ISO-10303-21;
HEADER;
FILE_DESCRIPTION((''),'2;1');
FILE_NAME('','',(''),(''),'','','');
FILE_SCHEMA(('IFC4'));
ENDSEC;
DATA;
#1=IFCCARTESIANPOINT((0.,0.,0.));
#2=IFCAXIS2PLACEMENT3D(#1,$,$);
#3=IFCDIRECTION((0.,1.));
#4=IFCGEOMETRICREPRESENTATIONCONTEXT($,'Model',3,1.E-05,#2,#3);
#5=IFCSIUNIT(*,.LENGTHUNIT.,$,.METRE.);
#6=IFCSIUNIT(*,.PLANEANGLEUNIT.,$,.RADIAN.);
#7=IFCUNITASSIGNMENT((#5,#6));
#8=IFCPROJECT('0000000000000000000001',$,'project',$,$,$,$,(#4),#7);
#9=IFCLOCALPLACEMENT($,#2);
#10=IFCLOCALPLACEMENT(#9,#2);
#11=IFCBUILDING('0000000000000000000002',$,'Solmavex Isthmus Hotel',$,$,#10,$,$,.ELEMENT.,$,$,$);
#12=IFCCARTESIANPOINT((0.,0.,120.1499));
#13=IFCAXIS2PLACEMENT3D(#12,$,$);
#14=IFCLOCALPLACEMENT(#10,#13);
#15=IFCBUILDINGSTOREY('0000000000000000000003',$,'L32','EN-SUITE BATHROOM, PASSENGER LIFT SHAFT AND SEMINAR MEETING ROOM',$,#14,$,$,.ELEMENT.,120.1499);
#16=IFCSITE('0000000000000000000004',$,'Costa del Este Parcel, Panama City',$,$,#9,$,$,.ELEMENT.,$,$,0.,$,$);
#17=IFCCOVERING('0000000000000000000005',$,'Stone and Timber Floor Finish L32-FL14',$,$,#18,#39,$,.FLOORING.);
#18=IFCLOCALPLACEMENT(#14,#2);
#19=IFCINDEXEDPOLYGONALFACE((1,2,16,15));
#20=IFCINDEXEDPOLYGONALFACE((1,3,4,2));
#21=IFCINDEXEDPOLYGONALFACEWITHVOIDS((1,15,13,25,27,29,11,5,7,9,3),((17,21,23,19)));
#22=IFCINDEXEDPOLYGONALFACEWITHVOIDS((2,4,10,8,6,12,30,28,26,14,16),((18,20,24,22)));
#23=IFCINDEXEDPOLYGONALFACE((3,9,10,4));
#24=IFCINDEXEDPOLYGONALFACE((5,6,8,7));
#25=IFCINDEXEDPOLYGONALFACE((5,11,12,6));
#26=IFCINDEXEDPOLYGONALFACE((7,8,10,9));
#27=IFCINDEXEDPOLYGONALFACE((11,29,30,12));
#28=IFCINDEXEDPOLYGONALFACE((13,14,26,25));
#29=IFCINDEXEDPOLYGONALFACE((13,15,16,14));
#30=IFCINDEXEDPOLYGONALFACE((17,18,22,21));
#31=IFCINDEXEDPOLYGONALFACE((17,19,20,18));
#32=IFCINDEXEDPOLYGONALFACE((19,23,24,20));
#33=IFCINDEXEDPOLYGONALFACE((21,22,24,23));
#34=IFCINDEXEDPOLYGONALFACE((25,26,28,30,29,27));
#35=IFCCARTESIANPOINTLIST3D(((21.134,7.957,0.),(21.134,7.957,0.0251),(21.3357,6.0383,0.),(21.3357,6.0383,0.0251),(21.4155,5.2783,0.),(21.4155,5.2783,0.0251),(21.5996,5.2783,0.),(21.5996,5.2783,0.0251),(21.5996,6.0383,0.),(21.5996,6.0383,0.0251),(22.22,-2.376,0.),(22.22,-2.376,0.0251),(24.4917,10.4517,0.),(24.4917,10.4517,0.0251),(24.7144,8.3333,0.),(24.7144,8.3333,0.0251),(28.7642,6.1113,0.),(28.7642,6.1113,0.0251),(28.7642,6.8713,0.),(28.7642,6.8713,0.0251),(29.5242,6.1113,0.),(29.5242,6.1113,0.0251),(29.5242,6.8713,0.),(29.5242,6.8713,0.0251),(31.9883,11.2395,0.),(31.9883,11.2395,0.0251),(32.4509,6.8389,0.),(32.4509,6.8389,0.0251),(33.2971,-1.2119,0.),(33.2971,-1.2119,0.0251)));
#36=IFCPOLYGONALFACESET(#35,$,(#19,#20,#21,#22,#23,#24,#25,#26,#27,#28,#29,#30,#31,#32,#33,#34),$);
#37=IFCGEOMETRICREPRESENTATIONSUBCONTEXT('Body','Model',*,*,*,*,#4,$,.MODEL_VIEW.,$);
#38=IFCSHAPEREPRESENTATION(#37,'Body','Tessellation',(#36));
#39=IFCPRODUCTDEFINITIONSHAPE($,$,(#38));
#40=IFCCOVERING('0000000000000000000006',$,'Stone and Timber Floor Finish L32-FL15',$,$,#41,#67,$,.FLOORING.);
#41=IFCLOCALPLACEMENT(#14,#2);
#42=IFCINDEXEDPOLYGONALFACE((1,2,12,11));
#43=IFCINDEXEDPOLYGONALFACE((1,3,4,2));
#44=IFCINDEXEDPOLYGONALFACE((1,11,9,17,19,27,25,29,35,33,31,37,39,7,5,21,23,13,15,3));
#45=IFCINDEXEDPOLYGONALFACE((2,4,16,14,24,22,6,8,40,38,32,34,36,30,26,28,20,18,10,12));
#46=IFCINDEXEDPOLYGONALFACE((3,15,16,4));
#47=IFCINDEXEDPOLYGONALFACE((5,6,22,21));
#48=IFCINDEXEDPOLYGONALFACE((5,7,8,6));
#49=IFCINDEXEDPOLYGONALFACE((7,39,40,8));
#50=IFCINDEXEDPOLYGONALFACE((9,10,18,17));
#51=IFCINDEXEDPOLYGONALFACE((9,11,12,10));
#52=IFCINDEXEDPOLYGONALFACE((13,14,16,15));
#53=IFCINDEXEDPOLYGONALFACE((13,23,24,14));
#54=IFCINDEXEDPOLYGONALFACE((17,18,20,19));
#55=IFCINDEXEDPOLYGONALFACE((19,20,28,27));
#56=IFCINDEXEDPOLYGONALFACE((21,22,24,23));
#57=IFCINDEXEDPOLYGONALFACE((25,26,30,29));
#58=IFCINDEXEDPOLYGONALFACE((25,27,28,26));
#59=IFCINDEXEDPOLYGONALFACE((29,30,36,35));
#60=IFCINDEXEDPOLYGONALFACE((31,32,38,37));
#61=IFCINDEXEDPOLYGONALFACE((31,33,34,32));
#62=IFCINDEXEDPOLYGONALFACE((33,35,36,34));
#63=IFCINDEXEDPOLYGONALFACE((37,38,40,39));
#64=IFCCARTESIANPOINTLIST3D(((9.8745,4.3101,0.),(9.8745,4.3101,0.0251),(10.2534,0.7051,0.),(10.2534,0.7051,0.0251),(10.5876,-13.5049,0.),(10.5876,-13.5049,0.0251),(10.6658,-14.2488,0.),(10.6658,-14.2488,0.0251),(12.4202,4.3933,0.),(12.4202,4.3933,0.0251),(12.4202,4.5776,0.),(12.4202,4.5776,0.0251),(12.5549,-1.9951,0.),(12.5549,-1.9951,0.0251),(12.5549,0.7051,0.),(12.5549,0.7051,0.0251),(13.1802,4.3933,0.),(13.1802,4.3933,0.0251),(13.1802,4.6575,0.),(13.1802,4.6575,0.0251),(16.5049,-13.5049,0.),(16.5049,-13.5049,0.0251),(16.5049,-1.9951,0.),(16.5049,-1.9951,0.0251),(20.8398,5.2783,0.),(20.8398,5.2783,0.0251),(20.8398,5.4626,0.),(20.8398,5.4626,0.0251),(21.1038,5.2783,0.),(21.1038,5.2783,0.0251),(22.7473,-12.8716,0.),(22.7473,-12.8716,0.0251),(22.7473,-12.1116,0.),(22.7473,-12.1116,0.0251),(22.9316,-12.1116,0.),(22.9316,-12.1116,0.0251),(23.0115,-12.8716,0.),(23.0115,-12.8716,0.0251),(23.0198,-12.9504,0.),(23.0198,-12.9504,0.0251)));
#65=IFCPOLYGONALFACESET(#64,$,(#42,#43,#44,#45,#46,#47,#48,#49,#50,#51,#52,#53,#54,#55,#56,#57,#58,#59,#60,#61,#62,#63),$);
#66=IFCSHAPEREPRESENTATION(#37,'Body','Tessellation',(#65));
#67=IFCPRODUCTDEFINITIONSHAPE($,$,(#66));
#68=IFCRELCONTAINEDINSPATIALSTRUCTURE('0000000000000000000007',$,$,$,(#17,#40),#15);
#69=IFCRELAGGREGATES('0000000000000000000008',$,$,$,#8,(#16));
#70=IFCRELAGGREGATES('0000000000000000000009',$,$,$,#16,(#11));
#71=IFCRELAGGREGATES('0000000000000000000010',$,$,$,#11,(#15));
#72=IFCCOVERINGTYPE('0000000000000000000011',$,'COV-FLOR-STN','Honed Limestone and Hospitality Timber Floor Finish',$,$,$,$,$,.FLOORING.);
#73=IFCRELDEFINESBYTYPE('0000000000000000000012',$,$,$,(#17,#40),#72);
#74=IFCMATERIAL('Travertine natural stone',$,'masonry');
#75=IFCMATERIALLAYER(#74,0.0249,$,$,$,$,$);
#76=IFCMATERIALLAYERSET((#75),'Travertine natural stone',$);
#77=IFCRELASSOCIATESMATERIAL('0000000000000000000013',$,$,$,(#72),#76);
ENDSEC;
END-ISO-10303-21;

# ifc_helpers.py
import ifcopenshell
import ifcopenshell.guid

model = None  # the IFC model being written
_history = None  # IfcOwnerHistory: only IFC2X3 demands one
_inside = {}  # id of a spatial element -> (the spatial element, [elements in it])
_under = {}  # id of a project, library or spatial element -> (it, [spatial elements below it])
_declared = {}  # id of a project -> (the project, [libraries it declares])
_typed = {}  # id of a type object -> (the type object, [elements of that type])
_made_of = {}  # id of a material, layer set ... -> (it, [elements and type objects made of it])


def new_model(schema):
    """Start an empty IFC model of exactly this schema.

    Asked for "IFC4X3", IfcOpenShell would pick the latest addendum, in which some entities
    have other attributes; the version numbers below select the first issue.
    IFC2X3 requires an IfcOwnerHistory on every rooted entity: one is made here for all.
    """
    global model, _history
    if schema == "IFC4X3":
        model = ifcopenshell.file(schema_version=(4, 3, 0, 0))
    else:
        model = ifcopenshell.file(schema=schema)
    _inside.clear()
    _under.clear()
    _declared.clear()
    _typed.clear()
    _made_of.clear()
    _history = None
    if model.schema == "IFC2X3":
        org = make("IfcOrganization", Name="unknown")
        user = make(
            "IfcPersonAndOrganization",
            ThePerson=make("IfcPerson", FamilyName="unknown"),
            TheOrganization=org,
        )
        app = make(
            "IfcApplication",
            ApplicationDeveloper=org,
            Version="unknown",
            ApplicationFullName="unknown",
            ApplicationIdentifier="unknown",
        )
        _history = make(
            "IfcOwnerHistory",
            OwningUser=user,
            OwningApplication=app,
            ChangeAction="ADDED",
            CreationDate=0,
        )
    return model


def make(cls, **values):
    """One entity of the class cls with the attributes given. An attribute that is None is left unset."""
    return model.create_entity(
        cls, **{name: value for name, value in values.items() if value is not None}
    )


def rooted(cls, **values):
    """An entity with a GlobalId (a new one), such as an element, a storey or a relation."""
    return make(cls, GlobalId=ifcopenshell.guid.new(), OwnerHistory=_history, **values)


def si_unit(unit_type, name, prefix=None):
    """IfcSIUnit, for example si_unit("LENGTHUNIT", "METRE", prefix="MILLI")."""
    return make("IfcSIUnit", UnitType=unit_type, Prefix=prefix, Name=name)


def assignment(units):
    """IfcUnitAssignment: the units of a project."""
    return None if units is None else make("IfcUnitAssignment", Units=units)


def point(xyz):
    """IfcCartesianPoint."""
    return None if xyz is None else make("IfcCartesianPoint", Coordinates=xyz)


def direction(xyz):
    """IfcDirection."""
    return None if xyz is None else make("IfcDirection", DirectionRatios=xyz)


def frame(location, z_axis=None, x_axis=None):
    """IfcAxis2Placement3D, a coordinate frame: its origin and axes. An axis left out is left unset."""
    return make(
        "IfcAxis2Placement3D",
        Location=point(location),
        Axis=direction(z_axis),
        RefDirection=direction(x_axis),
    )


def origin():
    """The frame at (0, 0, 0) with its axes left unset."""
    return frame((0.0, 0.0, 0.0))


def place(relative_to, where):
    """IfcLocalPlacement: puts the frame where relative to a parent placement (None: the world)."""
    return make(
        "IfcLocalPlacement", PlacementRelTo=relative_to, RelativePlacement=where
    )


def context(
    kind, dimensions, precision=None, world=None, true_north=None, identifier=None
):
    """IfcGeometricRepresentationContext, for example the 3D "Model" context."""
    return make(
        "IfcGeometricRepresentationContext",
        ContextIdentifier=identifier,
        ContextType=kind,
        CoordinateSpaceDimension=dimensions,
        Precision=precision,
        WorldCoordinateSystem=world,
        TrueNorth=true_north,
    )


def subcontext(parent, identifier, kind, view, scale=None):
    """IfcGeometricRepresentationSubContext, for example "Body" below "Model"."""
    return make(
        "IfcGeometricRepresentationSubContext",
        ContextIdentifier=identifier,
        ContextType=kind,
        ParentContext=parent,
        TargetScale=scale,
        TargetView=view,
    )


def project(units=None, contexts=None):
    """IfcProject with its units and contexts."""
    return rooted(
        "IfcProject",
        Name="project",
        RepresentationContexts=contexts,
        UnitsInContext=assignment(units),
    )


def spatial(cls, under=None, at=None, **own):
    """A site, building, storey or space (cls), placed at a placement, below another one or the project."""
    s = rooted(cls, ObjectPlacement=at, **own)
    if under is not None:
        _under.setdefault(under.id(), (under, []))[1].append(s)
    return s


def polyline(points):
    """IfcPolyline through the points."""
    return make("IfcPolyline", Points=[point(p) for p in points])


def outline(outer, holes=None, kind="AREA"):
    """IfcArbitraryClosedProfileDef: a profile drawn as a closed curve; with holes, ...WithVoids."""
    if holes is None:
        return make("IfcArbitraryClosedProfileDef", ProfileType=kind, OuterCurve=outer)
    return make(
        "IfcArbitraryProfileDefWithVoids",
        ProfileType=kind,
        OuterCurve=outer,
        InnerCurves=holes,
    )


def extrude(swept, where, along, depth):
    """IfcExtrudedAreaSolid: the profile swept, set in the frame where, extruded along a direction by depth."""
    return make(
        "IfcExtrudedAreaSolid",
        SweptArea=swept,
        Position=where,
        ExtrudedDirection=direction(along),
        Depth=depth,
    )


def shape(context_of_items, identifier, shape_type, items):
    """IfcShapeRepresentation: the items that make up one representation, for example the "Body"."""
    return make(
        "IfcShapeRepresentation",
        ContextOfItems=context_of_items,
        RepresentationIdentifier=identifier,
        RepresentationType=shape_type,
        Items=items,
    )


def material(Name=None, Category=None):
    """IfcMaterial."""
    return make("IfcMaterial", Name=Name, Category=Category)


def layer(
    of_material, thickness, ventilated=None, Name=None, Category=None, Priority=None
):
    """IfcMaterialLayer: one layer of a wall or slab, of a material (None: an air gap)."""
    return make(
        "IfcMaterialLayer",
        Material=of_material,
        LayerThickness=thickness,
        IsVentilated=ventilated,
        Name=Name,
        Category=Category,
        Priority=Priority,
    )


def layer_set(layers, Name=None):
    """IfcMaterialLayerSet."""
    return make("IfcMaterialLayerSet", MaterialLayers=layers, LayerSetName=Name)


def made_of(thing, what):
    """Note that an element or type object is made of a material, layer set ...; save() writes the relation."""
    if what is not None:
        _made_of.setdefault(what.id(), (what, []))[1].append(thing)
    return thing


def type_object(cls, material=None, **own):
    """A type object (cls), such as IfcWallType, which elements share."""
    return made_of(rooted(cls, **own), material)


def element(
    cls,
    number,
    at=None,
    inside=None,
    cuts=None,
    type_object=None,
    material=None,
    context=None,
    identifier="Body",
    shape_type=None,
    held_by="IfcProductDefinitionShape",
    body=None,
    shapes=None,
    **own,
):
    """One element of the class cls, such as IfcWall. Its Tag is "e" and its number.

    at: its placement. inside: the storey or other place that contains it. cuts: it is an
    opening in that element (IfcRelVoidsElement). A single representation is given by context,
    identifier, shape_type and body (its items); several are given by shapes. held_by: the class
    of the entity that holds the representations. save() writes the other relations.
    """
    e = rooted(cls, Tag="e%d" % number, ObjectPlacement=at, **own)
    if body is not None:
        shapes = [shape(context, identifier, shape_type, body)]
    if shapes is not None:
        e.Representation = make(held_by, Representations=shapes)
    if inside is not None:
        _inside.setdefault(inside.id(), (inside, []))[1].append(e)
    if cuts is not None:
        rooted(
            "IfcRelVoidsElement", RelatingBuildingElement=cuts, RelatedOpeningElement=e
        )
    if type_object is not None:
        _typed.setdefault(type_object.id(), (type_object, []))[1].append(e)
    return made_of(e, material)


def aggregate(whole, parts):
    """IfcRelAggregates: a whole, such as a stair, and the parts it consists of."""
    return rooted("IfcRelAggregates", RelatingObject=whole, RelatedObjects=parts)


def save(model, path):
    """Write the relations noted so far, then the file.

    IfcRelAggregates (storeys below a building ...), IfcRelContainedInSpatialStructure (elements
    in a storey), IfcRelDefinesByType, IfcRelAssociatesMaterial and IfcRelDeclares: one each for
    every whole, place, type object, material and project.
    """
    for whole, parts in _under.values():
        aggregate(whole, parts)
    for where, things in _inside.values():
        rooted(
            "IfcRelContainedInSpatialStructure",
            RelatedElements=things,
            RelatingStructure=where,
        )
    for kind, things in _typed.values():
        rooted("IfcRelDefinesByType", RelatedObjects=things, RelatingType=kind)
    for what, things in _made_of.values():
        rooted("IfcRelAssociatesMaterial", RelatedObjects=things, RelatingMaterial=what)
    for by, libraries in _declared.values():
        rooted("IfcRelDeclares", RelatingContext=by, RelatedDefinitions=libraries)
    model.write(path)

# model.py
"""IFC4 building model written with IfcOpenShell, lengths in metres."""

from ifc_helpers import new_model, si_unit, direction, frame, origin, place, context, subcontext, project, spatial, polyline, outline, extrude, material, layer, layer_set, type_object, element, save


model = new_model("IFC4")

# Units and contexts
model_context = context("Model", 3, precision=1e-05, world=origin(), true_north=direction((0.0, 1.0)))
body_context = subcontext(model_context, "Body", "Model", "MODEL_VIEW")
ifc_project = project(units=[si_unit("LENGTHUNIT", "METRE"), si_unit("PLANEANGLEUNIT", "RADIAN")], contexts=[model_context])

# Site, building, storey
site_placement = place(None, origin())
site = spatial("IfcSite", under=ifc_project, at=site_placement, Name="Costa del Este Parcel, Panama City", CompositionType="ELEMENT", RefElevation=0.0)
building_placement = place(site_placement, origin())
building = spatial("IfcBuilding", under=site, at=building_placement, Name="Solmavex Isthmus Hotel", CompositionType="ELEMENT")
storey_placement = place(building_placement, frame((0.0, 0.0, 120.1499)))
storey = spatial("IfcBuildingStorey", under=building, at=storey_placement, Name="L32", Description="EN-SUITE BATHROOM, PASSENGER LIFT SHAFT AND SEMINAR MEETING ROOM", CompositionType="ELEMENT", Elevation=120.1499)

# Coverings
ifc_material_1 = material(Name="Travertine natural stone", Category="masonry")
ifc_layer_1 = layer(ifc_material_1, 0.0249)
ifc_layer_set_1 = layer_set([ifc_layer_1], Name="Travertine natural stone")
covering_type_1 = type_object("IfcCoveringType", Name="COV-FLOR-STN", Description="Honed Limestone and Hospitality Timber Floor Finish", PredefinedType="FLOORING", material=ifc_layer_set_1)
covering_1_placement = place(storey_placement, origin())
element("IfcCovering", 1, at=covering_1_placement, inside=storey, type_object=covering_type_1, Name="Stone and Timber Floor Finish L32-FL14", PredefinedType="FLOORING", context=body_context, shape_type="SweptSolid", body=[
    extrude(outline(polyline([(21.3357, 6.0383), (21.5996, 6.0383), (21.5996, 5.2783), (21.4155, 5.2783), (22.22, -2.376), (33.2971, -1.2119), (32.4509, 6.8389), (31.9883, 11.2395), (24.4917, 10.4517), (24.7144, 8.3333), (21.134, 7.957), (21.3357, 6.0383)]), holes=[polyline([(28.7642, 6.1113), (28.7642, 6.8713), (29.5242, 6.8713), (29.5242, 6.1113), (28.7642, 6.1113)])]), origin(), (0.0, 0.0, 1.0), 0.0251),
])
covering_2_placement = place(storey_placement, origin())
element("IfcCovering", 2, at=covering_2_placement, inside=storey, type_object=covering_type_1, Name="Stone and Timber Floor Finish L32-FL15", PredefinedType="FLOORING", context=body_context, shape_type="SweptSolid", body=[
    extrude(outline(polyline([(13.1802, 4.6575), (13.1802, 4.3933), (12.4202, 4.3933), (12.4202, 4.5776), (9.8745, 4.3101), (10.2534, 0.7051), (12.5549, 0.7051), (12.5549, -1.9951), (16.5049, -1.9951), (16.5049, -13.5049), (10.5876, -13.5049), (10.6658, -14.2488), (23.0198, -12.9504), (23.0115, -12.8716), (22.7473, -12.8716), (22.7473, -12.1116), (22.9316, -12.1116), (21.1038, 5.2783), (20.8398, 5.2783), (20.8398, 5.4626), (13.1802, 4.6575)])), origin(), (0.0, 0.0, 1.0), 0.0251),
])

save(model, "model.ifc")
